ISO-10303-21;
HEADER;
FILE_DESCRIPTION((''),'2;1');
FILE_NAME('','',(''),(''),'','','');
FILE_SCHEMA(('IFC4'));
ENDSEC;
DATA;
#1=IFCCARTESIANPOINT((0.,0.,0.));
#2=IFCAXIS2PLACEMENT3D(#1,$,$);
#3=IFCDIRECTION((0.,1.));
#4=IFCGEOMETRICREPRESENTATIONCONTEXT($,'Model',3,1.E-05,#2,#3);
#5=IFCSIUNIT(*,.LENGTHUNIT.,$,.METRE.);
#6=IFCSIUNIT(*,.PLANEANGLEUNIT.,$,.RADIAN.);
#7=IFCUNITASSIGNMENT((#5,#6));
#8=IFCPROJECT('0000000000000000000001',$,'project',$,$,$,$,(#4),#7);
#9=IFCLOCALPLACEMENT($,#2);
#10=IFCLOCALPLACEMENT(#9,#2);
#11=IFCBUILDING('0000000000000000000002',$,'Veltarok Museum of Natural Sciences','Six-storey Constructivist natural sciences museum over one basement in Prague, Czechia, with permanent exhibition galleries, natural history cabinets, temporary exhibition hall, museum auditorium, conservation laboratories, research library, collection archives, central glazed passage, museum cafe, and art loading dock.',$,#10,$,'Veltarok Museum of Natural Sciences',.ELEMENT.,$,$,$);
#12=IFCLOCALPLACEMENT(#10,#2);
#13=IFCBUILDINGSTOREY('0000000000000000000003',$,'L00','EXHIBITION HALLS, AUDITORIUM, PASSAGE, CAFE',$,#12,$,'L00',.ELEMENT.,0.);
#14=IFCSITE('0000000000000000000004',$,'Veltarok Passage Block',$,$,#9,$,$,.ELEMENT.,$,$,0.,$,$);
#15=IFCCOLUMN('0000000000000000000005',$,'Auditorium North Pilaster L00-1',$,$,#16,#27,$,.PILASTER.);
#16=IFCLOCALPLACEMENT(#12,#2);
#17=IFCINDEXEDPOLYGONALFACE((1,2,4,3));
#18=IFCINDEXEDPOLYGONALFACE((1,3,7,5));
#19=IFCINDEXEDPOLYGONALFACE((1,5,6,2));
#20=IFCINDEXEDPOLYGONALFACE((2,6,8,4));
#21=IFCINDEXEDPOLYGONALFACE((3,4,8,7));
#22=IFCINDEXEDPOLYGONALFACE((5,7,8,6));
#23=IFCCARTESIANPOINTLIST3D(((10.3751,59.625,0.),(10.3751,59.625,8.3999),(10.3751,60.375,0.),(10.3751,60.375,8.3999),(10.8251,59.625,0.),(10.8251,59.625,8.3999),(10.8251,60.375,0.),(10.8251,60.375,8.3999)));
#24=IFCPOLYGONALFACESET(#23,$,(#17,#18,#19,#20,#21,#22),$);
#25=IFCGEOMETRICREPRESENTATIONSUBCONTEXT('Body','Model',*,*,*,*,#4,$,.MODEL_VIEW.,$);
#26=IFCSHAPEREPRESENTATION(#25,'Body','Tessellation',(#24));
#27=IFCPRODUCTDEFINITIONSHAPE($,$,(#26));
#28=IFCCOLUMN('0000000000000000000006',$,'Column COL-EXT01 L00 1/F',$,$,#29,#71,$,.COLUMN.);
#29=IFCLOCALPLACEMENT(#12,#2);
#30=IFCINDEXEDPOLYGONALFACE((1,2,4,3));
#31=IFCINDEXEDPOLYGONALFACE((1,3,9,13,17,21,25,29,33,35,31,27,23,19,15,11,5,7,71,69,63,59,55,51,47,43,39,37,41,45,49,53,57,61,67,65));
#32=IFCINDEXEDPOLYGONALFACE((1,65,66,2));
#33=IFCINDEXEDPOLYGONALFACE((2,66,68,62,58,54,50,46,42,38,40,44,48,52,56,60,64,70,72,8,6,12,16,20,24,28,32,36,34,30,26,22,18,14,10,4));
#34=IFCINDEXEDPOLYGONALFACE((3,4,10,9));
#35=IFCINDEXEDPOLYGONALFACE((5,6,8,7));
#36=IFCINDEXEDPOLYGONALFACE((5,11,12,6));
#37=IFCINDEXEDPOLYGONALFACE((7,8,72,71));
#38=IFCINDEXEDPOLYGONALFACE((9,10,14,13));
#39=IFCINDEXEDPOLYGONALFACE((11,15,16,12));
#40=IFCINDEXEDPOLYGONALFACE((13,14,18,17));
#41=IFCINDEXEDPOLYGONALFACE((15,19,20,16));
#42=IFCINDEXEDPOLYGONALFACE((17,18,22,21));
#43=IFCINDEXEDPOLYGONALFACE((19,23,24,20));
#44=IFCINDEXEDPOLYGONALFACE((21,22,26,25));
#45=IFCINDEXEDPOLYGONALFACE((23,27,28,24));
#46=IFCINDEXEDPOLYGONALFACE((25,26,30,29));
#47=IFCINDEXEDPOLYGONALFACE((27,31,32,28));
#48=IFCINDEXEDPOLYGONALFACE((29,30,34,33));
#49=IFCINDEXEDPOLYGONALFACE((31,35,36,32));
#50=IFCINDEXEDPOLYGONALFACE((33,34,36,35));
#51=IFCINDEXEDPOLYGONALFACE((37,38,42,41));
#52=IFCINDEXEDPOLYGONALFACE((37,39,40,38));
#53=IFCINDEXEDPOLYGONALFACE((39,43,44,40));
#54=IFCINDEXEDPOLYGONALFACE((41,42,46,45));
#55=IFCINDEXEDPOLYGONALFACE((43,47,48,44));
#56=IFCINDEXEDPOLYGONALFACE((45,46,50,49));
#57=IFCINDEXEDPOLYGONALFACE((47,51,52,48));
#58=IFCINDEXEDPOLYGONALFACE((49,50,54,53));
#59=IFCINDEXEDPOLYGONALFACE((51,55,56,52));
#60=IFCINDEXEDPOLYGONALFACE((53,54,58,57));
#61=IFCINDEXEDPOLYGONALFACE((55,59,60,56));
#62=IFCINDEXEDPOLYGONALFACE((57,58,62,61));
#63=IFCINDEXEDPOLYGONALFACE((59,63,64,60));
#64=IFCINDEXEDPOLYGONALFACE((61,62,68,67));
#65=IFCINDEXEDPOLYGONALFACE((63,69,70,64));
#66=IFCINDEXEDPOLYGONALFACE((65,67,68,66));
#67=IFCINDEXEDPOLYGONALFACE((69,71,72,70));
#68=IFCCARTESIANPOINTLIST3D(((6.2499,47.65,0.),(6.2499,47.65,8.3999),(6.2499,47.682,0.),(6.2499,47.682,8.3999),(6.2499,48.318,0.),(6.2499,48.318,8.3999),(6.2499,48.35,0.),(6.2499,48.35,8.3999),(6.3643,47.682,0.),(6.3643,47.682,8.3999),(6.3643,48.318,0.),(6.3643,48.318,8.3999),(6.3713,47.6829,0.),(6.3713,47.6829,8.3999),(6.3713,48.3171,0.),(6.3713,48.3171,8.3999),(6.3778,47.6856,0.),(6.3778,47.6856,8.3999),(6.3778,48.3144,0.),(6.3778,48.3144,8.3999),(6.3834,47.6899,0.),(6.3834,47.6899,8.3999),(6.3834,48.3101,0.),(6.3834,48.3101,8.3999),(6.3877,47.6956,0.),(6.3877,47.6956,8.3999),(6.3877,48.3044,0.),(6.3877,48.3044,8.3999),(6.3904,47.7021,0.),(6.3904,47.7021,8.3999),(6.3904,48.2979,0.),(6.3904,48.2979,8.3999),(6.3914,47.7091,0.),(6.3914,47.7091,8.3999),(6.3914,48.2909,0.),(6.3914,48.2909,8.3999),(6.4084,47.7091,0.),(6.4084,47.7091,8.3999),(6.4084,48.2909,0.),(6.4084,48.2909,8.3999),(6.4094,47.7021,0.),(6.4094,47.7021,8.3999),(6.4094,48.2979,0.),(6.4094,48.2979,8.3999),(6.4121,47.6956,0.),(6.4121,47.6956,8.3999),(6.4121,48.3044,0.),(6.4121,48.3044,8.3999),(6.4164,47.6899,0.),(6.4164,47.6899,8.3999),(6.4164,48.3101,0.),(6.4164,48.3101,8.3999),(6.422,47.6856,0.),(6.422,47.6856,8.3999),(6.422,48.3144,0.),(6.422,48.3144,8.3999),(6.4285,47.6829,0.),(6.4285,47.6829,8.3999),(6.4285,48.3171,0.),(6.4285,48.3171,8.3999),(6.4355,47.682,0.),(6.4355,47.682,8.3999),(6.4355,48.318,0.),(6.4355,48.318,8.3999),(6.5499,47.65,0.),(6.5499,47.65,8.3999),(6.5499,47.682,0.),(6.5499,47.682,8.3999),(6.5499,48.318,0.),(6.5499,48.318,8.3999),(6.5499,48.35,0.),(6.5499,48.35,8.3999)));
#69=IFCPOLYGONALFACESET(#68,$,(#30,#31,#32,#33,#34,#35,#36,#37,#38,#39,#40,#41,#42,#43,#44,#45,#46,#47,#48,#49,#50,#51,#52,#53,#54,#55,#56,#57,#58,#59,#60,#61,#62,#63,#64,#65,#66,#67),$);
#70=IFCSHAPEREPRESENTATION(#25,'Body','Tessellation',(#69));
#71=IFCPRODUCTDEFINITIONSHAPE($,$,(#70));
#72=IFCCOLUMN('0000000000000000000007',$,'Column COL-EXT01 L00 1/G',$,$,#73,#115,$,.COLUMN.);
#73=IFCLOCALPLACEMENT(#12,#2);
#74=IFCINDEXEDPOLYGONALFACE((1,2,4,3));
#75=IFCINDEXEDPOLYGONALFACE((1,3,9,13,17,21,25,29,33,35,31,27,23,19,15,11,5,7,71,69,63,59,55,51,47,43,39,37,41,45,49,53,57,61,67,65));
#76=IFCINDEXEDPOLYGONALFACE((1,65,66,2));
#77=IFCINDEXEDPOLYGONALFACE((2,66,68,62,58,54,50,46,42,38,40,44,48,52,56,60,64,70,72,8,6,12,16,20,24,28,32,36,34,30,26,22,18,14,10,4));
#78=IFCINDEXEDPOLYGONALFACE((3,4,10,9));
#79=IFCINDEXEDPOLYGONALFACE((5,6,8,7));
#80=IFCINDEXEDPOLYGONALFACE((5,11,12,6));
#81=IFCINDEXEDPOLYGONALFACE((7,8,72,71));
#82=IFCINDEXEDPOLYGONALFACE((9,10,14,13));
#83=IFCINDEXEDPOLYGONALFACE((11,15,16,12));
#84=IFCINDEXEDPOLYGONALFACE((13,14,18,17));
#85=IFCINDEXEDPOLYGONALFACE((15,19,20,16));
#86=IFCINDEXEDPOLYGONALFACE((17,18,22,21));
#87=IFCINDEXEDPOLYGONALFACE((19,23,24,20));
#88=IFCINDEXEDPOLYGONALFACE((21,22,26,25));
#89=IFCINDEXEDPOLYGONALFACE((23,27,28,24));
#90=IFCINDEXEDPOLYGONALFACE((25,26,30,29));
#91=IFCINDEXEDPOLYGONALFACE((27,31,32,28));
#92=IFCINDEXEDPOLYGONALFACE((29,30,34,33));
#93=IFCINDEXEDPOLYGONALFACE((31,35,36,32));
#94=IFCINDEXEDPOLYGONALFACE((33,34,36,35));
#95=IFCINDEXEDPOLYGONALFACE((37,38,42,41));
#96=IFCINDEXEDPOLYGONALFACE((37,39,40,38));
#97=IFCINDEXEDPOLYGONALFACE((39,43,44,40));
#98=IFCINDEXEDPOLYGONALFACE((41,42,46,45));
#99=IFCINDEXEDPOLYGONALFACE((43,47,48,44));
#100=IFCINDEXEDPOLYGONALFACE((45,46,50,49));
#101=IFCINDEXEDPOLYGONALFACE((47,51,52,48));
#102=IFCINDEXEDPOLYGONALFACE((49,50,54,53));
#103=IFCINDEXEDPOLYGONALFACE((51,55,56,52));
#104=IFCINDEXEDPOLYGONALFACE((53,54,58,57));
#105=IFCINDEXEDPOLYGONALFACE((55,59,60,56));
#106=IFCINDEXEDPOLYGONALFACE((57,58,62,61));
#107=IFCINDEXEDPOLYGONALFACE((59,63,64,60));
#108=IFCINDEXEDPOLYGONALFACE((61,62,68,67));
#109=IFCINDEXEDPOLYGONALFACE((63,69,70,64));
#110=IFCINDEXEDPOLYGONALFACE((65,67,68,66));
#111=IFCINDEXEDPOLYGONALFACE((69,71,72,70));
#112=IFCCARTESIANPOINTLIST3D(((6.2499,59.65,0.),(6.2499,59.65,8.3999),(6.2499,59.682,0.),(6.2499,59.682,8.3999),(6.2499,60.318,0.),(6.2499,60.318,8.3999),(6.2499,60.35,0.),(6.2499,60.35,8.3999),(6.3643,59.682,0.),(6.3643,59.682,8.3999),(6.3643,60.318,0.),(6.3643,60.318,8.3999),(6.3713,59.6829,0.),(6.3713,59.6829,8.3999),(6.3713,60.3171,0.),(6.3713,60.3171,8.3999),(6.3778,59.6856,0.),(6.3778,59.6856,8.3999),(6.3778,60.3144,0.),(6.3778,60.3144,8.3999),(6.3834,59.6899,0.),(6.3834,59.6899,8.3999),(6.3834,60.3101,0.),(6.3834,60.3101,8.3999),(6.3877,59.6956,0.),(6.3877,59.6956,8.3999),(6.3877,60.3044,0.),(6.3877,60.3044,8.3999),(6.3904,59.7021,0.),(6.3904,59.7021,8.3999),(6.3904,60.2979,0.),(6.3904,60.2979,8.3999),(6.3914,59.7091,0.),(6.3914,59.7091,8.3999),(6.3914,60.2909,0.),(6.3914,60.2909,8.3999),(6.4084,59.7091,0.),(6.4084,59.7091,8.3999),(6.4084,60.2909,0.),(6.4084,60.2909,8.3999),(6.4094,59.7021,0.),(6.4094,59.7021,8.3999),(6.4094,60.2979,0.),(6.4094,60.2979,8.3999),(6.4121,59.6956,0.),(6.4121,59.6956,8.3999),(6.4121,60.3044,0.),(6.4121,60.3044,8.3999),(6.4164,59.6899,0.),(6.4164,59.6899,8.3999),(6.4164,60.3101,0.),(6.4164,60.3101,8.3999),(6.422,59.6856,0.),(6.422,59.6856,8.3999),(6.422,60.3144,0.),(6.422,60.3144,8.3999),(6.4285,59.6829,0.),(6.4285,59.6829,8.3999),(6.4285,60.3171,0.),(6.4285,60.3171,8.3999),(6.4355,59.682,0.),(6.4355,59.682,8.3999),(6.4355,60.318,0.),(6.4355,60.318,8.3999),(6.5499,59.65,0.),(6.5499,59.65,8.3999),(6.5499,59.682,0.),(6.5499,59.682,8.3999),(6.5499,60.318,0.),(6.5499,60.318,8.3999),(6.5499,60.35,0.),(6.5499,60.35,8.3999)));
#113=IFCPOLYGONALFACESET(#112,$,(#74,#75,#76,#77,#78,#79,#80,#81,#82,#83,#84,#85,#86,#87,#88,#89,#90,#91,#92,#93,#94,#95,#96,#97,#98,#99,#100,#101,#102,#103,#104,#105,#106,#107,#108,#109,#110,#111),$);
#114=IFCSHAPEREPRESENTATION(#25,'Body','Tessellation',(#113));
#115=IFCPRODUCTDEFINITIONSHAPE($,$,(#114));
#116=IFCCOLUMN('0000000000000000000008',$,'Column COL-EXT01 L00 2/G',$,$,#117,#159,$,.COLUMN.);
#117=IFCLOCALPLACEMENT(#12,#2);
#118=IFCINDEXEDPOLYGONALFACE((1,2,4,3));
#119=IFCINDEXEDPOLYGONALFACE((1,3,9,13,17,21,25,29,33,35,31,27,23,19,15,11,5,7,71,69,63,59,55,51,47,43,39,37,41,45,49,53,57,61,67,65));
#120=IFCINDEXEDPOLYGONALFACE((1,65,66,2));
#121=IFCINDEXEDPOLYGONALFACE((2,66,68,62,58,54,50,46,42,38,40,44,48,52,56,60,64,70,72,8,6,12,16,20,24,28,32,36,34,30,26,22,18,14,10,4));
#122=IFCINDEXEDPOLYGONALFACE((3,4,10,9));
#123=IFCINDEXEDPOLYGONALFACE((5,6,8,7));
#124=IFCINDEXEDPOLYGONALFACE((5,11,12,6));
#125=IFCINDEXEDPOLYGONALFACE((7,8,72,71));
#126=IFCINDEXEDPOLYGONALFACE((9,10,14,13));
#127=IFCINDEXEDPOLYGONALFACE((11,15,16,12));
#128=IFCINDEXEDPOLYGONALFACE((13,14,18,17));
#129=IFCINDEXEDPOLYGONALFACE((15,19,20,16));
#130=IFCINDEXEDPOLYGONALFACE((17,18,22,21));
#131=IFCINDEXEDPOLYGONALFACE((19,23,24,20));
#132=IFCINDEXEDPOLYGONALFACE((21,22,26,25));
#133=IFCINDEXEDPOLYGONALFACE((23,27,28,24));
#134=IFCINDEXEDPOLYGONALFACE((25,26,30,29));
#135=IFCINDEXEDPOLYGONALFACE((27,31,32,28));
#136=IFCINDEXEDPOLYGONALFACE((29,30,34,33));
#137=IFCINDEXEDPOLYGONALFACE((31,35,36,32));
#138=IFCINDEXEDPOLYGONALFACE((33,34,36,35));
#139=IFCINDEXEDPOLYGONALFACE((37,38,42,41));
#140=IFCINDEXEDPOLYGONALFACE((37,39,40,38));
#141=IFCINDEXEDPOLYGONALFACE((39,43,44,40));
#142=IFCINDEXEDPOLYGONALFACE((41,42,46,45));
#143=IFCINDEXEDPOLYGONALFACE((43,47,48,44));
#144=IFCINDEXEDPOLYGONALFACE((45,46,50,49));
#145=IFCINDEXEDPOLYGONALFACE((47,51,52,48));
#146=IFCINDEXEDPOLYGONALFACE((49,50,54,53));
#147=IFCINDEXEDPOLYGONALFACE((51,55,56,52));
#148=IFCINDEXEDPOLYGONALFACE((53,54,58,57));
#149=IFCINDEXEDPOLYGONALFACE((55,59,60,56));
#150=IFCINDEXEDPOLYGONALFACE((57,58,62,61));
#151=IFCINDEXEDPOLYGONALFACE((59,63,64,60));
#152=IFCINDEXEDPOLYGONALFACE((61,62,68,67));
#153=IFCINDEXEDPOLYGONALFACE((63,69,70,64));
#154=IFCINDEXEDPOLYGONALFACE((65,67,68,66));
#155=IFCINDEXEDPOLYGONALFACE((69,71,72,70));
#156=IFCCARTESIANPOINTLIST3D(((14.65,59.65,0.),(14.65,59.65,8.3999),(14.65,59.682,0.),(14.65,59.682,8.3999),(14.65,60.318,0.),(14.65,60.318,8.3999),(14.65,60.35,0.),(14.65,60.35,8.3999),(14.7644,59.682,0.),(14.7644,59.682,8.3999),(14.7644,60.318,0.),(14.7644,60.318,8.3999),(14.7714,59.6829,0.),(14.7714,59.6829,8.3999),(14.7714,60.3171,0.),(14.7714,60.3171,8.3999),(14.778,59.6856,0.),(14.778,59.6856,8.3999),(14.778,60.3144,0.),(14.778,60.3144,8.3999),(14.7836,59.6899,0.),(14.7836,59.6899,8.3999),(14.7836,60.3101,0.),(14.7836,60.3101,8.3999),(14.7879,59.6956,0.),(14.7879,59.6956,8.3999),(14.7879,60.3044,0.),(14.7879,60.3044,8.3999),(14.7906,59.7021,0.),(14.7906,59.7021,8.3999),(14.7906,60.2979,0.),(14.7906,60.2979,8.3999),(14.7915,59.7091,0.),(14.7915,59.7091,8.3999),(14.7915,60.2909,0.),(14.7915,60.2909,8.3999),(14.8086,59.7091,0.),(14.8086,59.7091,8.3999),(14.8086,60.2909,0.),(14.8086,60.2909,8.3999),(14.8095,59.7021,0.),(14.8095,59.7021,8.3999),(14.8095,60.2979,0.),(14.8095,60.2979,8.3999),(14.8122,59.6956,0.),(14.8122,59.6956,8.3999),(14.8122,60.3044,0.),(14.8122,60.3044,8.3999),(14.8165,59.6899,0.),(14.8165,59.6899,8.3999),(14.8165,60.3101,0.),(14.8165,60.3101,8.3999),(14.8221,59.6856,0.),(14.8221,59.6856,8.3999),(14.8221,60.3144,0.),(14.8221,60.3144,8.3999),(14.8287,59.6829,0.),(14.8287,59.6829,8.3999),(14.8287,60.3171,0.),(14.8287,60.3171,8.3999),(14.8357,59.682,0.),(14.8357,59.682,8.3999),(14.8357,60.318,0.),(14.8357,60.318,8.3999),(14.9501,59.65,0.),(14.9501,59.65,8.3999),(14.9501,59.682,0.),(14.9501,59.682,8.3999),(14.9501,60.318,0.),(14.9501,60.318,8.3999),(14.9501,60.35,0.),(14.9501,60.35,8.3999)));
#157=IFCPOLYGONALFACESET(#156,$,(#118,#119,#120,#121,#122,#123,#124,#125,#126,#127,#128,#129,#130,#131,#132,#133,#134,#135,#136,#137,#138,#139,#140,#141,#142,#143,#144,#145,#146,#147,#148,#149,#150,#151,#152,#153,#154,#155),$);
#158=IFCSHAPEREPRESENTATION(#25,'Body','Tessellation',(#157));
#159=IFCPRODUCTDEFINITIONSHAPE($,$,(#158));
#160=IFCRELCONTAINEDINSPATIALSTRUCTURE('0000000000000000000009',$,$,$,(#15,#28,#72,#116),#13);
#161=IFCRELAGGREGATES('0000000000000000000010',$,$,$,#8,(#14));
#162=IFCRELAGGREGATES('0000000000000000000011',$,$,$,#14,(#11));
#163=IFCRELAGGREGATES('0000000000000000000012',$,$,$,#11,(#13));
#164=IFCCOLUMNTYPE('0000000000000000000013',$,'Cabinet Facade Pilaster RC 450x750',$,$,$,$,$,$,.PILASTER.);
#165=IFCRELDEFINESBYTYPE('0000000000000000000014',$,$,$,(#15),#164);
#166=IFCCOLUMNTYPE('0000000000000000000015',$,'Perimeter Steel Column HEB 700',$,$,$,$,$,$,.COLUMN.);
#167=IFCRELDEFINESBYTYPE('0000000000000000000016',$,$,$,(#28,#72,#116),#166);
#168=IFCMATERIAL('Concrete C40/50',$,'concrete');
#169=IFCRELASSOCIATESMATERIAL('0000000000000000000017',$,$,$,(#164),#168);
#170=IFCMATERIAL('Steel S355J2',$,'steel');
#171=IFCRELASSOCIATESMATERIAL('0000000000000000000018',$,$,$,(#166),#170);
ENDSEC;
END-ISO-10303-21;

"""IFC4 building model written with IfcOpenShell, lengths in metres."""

from ifc_helpers import new_model, si_unit, direction, frame, origin, origin_2d, place, context, subcontext, project, spatial, rectangle, i_section, extrude, material, material_profile, profile_set, type_object, element, save


model = new_model("IFC4")

# Units and contexts
model_context = context("Model", 3, precision=1e-05, world=origin(), true_north=direction((0.0, 1.0)))
body_context = subcontext(model_context, "Body", "Model", "MODEL_VIEW")
ifc_project = project(units=[si_unit("LENGTHUNIT", "METRE"), si_unit("PLANEANGLEUNIT", "RADIAN")], contexts=[model_context])

# Site, building, storey
site_placement = place(None, origin())
site = spatial("IfcSite", under=ifc_project, at=site_placement, Name="Veltarok Passage Block", CompositionType="ELEMENT", RefElevation=0.0)
building_placement = place(site_placement, origin())
building = spatial("IfcBuilding", under=site, at=building_placement, Name="Veltarok Museum of Natural Sciences", Description="Six-storey Constructivist natural sciences museum over one basement in Prague, Czechia, with permanent exhibition galleries, natural history cabinets, temporary exhibition hall, museum auditorium, conservation laboratories, research library, collection archives, central glazed passage, museum cafe, and art loading dock.", LongName="Veltarok Museum of Natural Sciences", CompositionType="ELEMENT")
storey_placement = place(building_placement, origin())
storey = spatial("IfcBuildingStorey", under=building, at=storey_placement, Name="L00", Description="EXHIBITION HALLS, AUDITORIUM, PASSAGE, CAFE", LongName="L00", CompositionType="ELEMENT", Elevation=0.0)

# Columns
ifc_material_1 = material(Name="Concrete C40/50", Category="concrete")
ifc_material_profile_1 = material_profile(ifc_material_1, rectangle(XDim=0.45, YDim=0.75, at=origin_2d()), Name="RC 450x750")
ifc_profile_set_1 = profile_set([ifc_material_profile_1], Name="Concrete C40/50")
column_type_1 = type_object("IfcColumnType", Name="Cabinet Facade Pilaster RC 450x750", PredefinedType="PILASTER", material=ifc_profile_set_1)
column_1_placement = place(storey_placement, frame((10.6001, 60.0, 0.0), z_axis=(0.0, 0.0, 1.0), x_axis=(1.0, 0.0, 0.0)))
element("IfcColumn", 1, at=column_1_placement, inside=storey, type_object=column_type_1, Name="Auditorium North Pilaster L00-1", PredefinedType="PILASTER", context=body_context, shape_type="SweptSolid", body=[
    extrude(rectangle(XDim=0.45, YDim=0.75, at=origin_2d()), origin(), (0.0, 0.0, 1.0), 8.3999),
])
ifc_material_2 = material(Name="Steel S355J2", Category="steel")
ifc_material_profile_2 = material_profile(ifc_material_2, i_section(OverallWidth=0.3, OverallDepth=0.7, WebThickness=0.0171, FlangeThickness=0.032, FilletRadius=0.0271, at=origin_2d()), Name="HEB 700")
ifc_profile_set_2 = profile_set([ifc_material_profile_2], Name="Steel S355J2")
column_type_2 = type_object("IfcColumnType", Name="Perimeter Steel Column HEB 700", PredefinedType="COLUMN", material=ifc_profile_set_2)
for number, where, z_axis, x_axis, name in (
    (2, (6.3999, 48.0, 0.0), (0.0, 0.0, 1.0), (1.0, 0.0, 0.0), "Column COL-EXT01 L00 1/F"),
    (3, (6.3999, 60.0, 0.0), (0.0, 0.0, 1.0), (1.0, 0.0, 0.0), "Column COL-EXT01 L00 1/G"),
    (4, (14.8, 60.0, 0.0), (0.0, 0.0, 1.0), (1.0, 0.0, 0.0), "Column COL-EXT01 L00 2/G"),
):
    element("IfcColumn", number, at=place(storey_placement, frame(where, z_axis=z_axis, x_axis=x_axis)), inside=storey, type_object=column_type_2, Name=name, PredefinedType="COLUMN", context=body_context, shape_type="SweptSolid", body=[
        extrude(i_section(OverallWidth=0.3, OverallDepth=0.7, WebThickness=0.0171, FlangeThickness=0.032, FilletRadius=0.0271, at=origin_2d()), origin(), (0.0, 0.0, 1.0), 8.3999),
    ])

save(model, "model.ifc")
